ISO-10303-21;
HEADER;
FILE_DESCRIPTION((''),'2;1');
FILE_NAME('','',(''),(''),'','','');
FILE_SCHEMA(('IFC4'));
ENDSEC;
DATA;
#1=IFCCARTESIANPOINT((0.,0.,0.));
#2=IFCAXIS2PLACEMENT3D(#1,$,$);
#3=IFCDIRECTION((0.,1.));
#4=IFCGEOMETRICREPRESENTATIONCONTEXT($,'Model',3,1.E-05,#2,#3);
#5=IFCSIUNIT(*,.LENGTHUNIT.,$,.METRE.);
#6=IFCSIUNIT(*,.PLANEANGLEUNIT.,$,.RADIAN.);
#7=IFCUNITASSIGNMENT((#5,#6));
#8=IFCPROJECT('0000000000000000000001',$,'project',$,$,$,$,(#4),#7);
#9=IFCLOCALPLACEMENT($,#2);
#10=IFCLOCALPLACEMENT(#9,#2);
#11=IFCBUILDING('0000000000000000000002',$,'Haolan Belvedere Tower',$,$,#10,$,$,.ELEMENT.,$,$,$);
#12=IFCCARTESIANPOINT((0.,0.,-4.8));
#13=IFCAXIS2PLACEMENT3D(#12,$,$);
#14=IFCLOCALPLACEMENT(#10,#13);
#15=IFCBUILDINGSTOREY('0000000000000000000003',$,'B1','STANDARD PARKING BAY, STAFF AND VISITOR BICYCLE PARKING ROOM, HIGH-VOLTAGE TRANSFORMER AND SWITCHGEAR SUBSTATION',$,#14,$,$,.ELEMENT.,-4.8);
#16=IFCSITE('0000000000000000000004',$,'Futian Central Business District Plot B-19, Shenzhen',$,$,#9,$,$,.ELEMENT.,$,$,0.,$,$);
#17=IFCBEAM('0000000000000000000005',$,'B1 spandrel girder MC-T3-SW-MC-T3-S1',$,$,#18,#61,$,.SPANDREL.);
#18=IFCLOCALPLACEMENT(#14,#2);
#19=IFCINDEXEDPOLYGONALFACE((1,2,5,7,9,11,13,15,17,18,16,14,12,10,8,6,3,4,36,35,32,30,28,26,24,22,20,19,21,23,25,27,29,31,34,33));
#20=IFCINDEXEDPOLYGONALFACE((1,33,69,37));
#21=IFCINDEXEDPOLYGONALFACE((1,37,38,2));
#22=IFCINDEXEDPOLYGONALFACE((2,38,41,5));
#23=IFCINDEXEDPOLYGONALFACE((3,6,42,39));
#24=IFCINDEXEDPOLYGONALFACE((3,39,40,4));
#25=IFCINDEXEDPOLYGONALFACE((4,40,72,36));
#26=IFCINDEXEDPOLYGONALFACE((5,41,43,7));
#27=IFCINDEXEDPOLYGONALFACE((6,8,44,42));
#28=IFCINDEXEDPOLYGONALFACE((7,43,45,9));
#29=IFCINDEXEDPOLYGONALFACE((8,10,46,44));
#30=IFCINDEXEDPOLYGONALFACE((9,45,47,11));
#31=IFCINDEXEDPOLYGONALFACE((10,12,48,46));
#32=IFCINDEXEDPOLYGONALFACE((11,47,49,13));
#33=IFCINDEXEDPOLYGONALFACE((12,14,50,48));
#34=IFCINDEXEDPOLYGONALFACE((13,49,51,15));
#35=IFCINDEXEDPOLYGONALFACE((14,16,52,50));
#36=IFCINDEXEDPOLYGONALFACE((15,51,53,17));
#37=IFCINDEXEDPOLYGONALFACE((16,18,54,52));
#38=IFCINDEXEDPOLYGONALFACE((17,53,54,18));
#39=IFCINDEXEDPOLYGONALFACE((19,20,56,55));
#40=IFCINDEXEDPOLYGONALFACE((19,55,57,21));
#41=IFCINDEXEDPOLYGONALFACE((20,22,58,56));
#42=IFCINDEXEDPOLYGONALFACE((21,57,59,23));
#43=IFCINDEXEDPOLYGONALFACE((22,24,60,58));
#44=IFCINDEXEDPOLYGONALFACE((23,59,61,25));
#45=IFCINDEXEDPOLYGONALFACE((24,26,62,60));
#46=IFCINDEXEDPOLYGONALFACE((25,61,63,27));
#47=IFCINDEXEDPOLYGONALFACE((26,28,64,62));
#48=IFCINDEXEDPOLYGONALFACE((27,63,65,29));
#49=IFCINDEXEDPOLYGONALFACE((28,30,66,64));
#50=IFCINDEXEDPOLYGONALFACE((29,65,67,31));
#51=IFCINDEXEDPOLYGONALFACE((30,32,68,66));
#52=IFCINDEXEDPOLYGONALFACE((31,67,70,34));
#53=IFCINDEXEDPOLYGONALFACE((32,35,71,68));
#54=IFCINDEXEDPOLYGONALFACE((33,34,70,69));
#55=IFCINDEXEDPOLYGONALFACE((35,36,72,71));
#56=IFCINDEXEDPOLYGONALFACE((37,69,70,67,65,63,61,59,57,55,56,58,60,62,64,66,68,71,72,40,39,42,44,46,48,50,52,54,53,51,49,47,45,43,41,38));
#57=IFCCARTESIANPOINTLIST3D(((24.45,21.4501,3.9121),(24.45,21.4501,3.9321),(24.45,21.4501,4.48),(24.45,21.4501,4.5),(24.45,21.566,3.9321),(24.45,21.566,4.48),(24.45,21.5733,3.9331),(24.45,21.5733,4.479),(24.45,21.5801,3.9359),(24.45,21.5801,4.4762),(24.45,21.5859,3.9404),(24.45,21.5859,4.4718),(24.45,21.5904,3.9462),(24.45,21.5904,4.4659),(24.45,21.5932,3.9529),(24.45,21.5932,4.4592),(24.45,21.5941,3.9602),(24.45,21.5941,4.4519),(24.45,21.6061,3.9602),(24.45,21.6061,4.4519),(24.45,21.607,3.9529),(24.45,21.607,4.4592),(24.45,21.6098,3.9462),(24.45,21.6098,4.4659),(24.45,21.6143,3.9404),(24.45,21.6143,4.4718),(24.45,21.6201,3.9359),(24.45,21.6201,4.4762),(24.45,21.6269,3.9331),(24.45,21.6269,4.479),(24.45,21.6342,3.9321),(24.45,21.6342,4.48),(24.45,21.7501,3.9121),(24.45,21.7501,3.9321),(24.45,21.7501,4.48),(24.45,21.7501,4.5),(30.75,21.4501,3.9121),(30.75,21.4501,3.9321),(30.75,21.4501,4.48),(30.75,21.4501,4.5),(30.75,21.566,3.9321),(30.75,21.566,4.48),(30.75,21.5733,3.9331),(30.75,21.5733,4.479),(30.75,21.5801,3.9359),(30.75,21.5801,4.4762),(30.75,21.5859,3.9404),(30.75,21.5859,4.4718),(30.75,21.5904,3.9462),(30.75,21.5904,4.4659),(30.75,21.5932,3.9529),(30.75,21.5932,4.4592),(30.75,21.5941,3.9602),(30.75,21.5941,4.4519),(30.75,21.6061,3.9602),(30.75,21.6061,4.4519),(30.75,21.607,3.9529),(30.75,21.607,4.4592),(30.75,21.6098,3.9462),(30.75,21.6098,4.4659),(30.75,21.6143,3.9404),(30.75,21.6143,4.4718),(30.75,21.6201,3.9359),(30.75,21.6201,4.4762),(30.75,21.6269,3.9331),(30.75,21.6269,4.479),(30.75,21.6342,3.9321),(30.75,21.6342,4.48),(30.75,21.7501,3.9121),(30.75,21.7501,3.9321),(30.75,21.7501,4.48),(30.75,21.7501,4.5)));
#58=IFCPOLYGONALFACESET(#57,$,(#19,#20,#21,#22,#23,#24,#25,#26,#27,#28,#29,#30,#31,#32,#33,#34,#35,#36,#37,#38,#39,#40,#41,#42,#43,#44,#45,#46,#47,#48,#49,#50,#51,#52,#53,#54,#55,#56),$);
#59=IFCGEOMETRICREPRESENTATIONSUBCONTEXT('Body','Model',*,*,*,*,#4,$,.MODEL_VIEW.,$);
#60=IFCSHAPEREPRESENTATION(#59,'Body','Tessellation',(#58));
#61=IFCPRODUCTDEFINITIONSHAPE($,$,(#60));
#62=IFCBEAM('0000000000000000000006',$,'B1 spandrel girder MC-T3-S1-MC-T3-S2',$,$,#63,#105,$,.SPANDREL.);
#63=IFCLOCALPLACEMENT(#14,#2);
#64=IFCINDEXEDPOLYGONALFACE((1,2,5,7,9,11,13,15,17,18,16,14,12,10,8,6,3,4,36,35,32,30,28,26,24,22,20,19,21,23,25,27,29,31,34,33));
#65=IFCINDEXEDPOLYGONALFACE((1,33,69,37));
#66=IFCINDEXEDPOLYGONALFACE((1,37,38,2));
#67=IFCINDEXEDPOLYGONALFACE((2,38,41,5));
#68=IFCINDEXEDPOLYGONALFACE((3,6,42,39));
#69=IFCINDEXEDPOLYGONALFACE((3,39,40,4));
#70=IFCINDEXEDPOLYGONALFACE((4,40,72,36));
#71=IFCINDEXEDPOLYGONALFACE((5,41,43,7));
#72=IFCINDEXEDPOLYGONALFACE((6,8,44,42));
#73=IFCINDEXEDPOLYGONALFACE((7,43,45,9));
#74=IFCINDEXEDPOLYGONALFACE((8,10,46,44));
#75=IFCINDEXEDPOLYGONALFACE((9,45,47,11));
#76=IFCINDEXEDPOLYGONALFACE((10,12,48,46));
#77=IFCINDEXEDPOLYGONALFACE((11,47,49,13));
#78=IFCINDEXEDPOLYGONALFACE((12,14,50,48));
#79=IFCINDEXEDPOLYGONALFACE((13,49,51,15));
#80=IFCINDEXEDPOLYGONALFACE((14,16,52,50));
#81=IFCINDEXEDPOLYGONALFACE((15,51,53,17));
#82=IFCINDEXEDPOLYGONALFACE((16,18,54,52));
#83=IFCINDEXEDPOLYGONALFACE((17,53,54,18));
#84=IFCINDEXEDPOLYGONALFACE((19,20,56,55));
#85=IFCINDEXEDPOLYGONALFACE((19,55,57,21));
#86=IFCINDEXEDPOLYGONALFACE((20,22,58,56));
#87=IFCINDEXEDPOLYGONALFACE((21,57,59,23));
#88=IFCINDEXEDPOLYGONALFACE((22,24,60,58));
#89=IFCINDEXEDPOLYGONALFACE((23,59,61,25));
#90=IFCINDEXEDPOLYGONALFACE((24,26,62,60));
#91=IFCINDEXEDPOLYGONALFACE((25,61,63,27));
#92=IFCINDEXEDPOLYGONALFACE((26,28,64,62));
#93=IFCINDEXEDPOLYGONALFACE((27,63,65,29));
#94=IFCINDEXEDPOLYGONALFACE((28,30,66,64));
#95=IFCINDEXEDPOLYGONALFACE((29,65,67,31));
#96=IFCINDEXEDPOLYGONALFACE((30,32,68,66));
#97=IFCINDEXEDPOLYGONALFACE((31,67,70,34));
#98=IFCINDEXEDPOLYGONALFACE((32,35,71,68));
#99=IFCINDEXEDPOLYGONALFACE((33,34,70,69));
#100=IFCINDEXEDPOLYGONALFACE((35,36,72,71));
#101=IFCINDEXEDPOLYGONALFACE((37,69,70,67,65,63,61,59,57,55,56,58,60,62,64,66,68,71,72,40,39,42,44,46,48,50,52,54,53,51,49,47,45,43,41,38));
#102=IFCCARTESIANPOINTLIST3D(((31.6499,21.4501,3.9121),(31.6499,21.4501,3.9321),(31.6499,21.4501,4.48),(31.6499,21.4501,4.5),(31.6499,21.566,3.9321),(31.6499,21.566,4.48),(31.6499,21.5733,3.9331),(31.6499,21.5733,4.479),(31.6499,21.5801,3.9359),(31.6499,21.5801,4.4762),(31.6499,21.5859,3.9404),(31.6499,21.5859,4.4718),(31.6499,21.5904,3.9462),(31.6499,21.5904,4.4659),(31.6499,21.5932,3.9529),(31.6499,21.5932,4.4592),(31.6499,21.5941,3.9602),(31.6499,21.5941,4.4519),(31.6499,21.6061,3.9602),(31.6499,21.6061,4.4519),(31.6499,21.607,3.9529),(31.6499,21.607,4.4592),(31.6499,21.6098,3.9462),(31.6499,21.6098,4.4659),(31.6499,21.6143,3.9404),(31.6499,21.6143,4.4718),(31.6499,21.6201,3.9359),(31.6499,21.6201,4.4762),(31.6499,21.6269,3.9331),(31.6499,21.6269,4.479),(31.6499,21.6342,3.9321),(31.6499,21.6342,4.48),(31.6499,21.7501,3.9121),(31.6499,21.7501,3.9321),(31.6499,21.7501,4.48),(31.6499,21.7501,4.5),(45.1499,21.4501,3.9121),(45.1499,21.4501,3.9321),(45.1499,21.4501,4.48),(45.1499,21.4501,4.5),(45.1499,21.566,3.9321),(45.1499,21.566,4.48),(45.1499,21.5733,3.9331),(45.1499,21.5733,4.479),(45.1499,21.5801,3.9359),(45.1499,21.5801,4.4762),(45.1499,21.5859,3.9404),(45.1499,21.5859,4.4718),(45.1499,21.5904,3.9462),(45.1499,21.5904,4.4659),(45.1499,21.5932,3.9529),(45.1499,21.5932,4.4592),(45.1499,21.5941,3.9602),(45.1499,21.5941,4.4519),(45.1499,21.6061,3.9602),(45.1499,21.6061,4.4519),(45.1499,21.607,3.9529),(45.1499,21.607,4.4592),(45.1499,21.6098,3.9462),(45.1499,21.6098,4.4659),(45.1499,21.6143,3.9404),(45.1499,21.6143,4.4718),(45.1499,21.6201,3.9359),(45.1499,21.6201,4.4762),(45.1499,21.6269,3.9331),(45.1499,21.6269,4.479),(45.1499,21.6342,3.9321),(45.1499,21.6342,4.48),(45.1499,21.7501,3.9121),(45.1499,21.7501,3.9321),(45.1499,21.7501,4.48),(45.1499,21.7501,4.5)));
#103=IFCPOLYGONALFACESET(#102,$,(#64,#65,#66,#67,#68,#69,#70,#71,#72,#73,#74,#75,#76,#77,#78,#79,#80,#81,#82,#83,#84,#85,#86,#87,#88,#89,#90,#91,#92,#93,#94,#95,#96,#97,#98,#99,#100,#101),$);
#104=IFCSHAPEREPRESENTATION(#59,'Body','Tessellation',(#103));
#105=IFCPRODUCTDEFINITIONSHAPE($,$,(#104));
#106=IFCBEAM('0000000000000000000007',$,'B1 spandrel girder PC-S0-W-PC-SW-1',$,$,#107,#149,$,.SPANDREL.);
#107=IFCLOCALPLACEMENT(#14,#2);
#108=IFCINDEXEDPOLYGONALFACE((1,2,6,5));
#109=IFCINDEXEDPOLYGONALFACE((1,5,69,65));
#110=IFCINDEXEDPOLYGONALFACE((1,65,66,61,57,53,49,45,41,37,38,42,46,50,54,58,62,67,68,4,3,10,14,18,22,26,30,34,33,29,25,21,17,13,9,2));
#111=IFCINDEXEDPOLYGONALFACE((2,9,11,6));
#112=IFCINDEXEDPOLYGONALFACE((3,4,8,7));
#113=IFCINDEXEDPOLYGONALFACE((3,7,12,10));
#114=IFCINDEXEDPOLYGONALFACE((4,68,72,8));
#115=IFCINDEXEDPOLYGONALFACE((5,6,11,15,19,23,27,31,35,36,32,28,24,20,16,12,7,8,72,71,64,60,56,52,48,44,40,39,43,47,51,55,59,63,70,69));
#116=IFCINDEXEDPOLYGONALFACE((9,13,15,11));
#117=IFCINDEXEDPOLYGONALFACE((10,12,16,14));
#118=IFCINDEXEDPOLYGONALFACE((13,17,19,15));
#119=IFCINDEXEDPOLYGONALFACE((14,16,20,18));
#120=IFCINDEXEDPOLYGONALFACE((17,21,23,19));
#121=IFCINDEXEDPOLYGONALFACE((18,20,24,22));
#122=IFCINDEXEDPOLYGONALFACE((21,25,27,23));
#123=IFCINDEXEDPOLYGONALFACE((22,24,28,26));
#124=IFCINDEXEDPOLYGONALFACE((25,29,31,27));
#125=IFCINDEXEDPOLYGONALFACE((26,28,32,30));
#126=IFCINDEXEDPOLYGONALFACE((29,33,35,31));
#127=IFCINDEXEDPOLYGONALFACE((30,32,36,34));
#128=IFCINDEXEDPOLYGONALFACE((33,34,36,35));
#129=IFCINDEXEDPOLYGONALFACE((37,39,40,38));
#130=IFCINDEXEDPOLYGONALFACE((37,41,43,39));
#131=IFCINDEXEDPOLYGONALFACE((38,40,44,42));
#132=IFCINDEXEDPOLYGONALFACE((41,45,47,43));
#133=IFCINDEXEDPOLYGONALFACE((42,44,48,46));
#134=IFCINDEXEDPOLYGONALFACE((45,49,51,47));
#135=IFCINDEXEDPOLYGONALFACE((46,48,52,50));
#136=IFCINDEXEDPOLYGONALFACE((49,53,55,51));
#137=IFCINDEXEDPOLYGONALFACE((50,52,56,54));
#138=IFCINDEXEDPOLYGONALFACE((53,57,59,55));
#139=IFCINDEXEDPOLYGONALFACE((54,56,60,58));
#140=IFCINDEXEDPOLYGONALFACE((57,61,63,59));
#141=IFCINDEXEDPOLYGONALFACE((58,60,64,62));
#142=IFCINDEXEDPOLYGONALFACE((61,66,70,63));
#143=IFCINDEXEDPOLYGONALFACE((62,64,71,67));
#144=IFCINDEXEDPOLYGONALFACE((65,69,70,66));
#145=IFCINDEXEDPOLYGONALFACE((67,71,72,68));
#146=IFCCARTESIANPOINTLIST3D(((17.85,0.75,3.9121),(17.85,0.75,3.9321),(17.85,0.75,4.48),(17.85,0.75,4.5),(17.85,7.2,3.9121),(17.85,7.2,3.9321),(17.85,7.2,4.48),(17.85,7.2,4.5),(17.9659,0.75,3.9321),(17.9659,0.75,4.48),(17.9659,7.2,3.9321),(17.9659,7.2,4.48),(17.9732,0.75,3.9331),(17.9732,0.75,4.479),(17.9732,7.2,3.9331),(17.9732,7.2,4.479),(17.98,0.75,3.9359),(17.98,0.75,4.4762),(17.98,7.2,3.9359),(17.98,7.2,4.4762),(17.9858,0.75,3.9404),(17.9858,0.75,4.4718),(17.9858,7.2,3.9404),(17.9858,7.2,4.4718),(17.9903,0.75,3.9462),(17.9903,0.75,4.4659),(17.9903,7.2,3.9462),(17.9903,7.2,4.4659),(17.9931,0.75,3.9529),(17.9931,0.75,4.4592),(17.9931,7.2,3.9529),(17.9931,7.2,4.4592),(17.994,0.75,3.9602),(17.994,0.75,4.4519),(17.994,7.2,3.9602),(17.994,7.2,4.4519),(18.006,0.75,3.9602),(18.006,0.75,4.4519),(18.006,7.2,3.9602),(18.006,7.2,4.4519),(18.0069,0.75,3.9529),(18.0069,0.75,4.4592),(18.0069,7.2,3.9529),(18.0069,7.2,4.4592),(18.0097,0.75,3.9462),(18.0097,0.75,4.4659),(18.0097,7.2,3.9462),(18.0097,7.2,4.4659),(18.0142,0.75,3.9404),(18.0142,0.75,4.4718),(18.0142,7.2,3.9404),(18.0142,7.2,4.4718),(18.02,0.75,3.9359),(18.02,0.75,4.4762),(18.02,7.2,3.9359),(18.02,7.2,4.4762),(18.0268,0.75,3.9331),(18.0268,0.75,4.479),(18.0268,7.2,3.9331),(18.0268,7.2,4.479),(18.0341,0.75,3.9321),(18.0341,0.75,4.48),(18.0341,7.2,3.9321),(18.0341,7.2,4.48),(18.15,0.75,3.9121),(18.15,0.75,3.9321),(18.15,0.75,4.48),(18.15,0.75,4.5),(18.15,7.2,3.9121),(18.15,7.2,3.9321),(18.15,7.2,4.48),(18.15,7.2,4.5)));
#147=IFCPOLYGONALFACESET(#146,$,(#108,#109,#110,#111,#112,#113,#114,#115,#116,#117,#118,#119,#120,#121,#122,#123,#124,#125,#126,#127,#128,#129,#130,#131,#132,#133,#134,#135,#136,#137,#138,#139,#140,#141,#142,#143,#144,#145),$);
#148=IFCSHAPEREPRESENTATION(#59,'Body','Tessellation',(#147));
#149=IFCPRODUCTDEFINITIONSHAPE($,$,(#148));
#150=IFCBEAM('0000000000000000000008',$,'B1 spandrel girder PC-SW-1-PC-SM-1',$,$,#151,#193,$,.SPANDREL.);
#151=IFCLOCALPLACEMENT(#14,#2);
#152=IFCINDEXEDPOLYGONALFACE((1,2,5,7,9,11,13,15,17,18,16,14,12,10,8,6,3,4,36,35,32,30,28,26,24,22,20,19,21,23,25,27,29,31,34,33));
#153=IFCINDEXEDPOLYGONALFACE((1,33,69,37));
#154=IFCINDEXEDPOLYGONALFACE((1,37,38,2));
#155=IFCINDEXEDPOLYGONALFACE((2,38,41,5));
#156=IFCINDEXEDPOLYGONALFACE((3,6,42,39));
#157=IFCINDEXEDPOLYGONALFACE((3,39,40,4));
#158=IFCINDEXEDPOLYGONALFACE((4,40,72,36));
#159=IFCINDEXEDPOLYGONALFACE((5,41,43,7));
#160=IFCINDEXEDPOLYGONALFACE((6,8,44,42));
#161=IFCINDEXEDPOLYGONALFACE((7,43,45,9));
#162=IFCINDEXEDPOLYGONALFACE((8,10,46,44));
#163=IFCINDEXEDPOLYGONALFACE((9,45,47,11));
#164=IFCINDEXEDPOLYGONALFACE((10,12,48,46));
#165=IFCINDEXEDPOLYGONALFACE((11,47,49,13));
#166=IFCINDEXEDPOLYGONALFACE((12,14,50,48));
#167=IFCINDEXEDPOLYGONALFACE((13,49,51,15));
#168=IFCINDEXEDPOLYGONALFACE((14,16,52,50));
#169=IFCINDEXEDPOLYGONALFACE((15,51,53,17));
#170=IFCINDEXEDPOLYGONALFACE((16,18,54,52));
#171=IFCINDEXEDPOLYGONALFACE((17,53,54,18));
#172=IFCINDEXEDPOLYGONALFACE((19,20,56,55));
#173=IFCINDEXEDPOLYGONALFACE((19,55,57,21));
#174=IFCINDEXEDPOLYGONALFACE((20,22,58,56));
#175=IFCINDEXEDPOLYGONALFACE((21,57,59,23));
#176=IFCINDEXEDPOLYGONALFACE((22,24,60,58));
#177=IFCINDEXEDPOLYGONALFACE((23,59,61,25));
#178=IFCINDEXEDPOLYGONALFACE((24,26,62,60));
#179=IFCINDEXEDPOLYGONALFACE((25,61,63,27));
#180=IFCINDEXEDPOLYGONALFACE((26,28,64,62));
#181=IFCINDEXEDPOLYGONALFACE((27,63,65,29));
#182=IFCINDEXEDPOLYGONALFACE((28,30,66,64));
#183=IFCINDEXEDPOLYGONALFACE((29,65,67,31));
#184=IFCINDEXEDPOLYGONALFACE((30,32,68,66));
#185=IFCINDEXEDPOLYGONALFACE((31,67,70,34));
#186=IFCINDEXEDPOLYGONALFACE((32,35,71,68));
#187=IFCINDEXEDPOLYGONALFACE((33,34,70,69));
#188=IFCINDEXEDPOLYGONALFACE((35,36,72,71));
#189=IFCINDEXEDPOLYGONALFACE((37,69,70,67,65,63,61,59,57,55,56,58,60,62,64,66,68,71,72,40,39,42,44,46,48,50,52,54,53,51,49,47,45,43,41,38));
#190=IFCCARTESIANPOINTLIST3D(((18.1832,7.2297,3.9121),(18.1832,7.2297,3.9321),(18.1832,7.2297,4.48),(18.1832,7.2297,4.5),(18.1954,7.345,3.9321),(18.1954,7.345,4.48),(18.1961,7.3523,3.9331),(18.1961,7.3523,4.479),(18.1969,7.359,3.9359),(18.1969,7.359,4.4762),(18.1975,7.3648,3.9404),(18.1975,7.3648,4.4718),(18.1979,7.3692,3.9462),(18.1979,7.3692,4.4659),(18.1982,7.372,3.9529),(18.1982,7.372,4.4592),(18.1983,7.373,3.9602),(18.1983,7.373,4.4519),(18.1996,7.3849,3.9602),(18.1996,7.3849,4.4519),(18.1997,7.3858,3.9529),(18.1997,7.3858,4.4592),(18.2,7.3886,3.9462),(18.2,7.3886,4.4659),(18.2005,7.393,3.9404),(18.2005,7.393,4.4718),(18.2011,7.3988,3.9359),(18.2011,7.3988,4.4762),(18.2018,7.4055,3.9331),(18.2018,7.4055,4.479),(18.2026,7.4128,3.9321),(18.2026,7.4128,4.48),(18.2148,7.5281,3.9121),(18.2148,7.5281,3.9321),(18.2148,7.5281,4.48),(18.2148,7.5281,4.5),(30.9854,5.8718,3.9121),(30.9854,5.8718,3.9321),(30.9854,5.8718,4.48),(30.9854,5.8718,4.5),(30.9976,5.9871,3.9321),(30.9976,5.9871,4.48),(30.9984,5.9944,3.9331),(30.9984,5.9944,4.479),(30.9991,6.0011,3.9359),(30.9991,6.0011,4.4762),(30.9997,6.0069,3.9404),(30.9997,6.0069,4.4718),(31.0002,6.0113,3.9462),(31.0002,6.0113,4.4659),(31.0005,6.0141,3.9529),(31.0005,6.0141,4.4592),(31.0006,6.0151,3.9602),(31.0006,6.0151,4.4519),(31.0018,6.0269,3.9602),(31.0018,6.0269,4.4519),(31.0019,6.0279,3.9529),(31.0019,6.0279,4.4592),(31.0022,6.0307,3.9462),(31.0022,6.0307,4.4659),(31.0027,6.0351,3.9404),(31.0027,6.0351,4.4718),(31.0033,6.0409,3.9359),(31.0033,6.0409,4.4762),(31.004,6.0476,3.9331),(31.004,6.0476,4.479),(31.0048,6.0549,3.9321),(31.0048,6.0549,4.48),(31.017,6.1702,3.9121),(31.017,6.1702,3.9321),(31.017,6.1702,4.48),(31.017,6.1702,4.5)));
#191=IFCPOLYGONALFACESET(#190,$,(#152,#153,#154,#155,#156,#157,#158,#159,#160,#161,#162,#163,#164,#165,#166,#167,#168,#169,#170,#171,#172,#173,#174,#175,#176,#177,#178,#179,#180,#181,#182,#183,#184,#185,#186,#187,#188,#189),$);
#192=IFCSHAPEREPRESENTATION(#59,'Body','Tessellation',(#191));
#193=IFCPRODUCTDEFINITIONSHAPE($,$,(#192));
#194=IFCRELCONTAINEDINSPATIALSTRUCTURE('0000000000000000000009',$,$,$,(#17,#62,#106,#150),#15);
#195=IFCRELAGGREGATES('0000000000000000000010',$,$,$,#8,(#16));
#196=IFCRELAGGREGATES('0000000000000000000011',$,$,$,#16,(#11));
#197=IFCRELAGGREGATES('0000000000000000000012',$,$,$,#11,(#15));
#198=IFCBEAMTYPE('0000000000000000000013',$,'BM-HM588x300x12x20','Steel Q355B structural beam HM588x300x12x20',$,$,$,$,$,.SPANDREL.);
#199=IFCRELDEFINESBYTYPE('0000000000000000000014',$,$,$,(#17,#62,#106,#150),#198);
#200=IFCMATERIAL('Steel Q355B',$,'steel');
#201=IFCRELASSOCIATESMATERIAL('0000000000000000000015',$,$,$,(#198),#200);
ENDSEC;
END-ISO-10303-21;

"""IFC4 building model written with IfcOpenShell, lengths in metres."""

from ifc_helpers import new_model, si_unit, direction, frame, origin, origin_2d, place, context, subcontext, project, spatial, i_section, extrude, material, material_profile, profile_set, type_object, element, save


model = new_model("IFC4")

# Units and contexts
model_context = context("Model", 3, precision=1e-05, world=origin(), true_north=direction((0.0, 1.0)))
body_context = subcontext(model_context, "Body", "Model", "MODEL_VIEW")
ifc_project = project(units=[si_unit("LENGTHUNIT", "METRE"), si_unit("PLANEANGLEUNIT", "RADIAN")], contexts=[model_context])

# Site, building, storey
site_placement = place(None, origin())
site = spatial("IfcSite", under=ifc_project, at=site_placement, Name="Futian Central Business District Plot B-19, Shenzhen", CompositionType="ELEMENT", RefElevation=0.0)
building_placement = place(site_placement, origin())
building = spatial("IfcBuilding", under=site, at=building_placement, Name="Haolan Belvedere Tower", CompositionType="ELEMENT")
storey_placement = place(building_placement, frame((0.0, 0.0, -4.8)))
storey = spatial("IfcBuildingStorey", under=building, at=storey_placement, Name="B1", Description="STANDARD PARKING BAY, STAFF AND VISITOR BICYCLE PARKING ROOM, HIGH-VOLTAGE TRANSFORMER AND SWITCHGEAR SUBSTATION", CompositionType="ELEMENT", Elevation=-4.8)

# Shared definitions
ifc_material_1 = material(Name="Steel Q355B", Category="steel")

# Beams
ifc_material_profile_1 = material_profile(ifc_material_1, i_section(OverallWidth=0.3, OverallDepth=0.5879, WebThickness=0.012, FlangeThickness=0.02, FilletRadius=0.0281, at=origin_2d()), Name="Steel Q355B")
ifc_profile_set_1 = profile_set([ifc_material_profile_1], Name="Steel Q355B")
beam_type_1 = type_object("IfcBeamType", Name="BM-HM588x300x12x20", Description="Steel Q355B structural beam HM588x300x12x20", PredefinedType="SPANDREL", material=ifc_profile_set_1)
beam_1_placement = place(storey_placement, frame((24.45, 21.6001, 4.2061), z_axis=(1.0, 0.0, 0.0), x_axis=(0.0, 1.0, 0.0)))
element("IfcBeam", 1, at=beam_1_placement, inside=storey, type_object=beam_type_1, Name="B1 spandrel girder MC-T3-SW-MC-T3-S1", PredefinedType="SPANDREL", context=body_context, shape_type="SweptSolid", body=[
    extrude(i_section(OverallWidth=0.3, OverallDepth=0.5879, WebThickness=0.012, FlangeThickness=0.02, FilletRadius=0.0281, at=origin_2d()), origin(), (0.0, 0.0, 1.0), 6.3),
])
beam_2_placement = place(storey_placement, frame((31.6499, 21.6001, 4.2061), z_axis=(1.0, 0.0, 0.0), x_axis=(0.0, 1.0, 0.0)))
element("IfcBeam", 2, at=beam_2_placement, inside=storey, type_object=beam_type_1, Name="B1 spandrel girder MC-T3-S1-MC-T3-S2", PredefinedType="SPANDREL", context=body_context, shape_type="SweptSolid", body=[
    extrude(i_section(OverallWidth=0.3, OverallDepth=0.5879, WebThickness=0.012, FlangeThickness=0.02, FilletRadius=0.0281, at=origin_2d()), origin(), (0.0, 0.0, 1.0), 13.5),
])
beam_3_placement = place(storey_placement, frame((18.0, 0.75, 4.2061), z_axis=(0.0, 1.0, 0.0), x_axis=(-1.0, 0.0, 0.0)))
element("IfcBeam", 3, at=beam_3_placement, inside=storey, type_object=beam_type_1, Name="B1 spandrel girder PC-S0-W-PC-SW-1", PredefinedType="SPANDREL", context=body_context, shape_type="SweptSolid", body=[
    extrude(i_section(OverallWidth=0.3, OverallDepth=0.5879, WebThickness=0.012, FlangeThickness=0.02, FilletRadius=0.0281, at=origin_2d()), origin(), (0.0, 0.0, 1.0), 6.45),
])
beam_4_placement = place(storey_placement, frame((18.199, 7.3789, 4.2061), z_axis=(0.994422, -0.105476, 0.0), x_axis=(0.105476, 0.994422, 0.0)))
element("IfcBeam", 4, at=beam_4_placement, inside=storey, type_object=beam_type_1, Name="B1 spandrel girder PC-SW-1-PC-SM-1", PredefinedType="SPANDREL", context=body_context, shape_type="SweptSolid", body=[
    extrude(i_section(OverallWidth=0.3, OverallDepth=0.5879, WebThickness=0.012, FlangeThickness=0.02, FilletRadius=0.0281, at=origin_2d()), origin(), (0.0, 0.0, 1.0), 12.874),
])

save(model, "model.ifc")
